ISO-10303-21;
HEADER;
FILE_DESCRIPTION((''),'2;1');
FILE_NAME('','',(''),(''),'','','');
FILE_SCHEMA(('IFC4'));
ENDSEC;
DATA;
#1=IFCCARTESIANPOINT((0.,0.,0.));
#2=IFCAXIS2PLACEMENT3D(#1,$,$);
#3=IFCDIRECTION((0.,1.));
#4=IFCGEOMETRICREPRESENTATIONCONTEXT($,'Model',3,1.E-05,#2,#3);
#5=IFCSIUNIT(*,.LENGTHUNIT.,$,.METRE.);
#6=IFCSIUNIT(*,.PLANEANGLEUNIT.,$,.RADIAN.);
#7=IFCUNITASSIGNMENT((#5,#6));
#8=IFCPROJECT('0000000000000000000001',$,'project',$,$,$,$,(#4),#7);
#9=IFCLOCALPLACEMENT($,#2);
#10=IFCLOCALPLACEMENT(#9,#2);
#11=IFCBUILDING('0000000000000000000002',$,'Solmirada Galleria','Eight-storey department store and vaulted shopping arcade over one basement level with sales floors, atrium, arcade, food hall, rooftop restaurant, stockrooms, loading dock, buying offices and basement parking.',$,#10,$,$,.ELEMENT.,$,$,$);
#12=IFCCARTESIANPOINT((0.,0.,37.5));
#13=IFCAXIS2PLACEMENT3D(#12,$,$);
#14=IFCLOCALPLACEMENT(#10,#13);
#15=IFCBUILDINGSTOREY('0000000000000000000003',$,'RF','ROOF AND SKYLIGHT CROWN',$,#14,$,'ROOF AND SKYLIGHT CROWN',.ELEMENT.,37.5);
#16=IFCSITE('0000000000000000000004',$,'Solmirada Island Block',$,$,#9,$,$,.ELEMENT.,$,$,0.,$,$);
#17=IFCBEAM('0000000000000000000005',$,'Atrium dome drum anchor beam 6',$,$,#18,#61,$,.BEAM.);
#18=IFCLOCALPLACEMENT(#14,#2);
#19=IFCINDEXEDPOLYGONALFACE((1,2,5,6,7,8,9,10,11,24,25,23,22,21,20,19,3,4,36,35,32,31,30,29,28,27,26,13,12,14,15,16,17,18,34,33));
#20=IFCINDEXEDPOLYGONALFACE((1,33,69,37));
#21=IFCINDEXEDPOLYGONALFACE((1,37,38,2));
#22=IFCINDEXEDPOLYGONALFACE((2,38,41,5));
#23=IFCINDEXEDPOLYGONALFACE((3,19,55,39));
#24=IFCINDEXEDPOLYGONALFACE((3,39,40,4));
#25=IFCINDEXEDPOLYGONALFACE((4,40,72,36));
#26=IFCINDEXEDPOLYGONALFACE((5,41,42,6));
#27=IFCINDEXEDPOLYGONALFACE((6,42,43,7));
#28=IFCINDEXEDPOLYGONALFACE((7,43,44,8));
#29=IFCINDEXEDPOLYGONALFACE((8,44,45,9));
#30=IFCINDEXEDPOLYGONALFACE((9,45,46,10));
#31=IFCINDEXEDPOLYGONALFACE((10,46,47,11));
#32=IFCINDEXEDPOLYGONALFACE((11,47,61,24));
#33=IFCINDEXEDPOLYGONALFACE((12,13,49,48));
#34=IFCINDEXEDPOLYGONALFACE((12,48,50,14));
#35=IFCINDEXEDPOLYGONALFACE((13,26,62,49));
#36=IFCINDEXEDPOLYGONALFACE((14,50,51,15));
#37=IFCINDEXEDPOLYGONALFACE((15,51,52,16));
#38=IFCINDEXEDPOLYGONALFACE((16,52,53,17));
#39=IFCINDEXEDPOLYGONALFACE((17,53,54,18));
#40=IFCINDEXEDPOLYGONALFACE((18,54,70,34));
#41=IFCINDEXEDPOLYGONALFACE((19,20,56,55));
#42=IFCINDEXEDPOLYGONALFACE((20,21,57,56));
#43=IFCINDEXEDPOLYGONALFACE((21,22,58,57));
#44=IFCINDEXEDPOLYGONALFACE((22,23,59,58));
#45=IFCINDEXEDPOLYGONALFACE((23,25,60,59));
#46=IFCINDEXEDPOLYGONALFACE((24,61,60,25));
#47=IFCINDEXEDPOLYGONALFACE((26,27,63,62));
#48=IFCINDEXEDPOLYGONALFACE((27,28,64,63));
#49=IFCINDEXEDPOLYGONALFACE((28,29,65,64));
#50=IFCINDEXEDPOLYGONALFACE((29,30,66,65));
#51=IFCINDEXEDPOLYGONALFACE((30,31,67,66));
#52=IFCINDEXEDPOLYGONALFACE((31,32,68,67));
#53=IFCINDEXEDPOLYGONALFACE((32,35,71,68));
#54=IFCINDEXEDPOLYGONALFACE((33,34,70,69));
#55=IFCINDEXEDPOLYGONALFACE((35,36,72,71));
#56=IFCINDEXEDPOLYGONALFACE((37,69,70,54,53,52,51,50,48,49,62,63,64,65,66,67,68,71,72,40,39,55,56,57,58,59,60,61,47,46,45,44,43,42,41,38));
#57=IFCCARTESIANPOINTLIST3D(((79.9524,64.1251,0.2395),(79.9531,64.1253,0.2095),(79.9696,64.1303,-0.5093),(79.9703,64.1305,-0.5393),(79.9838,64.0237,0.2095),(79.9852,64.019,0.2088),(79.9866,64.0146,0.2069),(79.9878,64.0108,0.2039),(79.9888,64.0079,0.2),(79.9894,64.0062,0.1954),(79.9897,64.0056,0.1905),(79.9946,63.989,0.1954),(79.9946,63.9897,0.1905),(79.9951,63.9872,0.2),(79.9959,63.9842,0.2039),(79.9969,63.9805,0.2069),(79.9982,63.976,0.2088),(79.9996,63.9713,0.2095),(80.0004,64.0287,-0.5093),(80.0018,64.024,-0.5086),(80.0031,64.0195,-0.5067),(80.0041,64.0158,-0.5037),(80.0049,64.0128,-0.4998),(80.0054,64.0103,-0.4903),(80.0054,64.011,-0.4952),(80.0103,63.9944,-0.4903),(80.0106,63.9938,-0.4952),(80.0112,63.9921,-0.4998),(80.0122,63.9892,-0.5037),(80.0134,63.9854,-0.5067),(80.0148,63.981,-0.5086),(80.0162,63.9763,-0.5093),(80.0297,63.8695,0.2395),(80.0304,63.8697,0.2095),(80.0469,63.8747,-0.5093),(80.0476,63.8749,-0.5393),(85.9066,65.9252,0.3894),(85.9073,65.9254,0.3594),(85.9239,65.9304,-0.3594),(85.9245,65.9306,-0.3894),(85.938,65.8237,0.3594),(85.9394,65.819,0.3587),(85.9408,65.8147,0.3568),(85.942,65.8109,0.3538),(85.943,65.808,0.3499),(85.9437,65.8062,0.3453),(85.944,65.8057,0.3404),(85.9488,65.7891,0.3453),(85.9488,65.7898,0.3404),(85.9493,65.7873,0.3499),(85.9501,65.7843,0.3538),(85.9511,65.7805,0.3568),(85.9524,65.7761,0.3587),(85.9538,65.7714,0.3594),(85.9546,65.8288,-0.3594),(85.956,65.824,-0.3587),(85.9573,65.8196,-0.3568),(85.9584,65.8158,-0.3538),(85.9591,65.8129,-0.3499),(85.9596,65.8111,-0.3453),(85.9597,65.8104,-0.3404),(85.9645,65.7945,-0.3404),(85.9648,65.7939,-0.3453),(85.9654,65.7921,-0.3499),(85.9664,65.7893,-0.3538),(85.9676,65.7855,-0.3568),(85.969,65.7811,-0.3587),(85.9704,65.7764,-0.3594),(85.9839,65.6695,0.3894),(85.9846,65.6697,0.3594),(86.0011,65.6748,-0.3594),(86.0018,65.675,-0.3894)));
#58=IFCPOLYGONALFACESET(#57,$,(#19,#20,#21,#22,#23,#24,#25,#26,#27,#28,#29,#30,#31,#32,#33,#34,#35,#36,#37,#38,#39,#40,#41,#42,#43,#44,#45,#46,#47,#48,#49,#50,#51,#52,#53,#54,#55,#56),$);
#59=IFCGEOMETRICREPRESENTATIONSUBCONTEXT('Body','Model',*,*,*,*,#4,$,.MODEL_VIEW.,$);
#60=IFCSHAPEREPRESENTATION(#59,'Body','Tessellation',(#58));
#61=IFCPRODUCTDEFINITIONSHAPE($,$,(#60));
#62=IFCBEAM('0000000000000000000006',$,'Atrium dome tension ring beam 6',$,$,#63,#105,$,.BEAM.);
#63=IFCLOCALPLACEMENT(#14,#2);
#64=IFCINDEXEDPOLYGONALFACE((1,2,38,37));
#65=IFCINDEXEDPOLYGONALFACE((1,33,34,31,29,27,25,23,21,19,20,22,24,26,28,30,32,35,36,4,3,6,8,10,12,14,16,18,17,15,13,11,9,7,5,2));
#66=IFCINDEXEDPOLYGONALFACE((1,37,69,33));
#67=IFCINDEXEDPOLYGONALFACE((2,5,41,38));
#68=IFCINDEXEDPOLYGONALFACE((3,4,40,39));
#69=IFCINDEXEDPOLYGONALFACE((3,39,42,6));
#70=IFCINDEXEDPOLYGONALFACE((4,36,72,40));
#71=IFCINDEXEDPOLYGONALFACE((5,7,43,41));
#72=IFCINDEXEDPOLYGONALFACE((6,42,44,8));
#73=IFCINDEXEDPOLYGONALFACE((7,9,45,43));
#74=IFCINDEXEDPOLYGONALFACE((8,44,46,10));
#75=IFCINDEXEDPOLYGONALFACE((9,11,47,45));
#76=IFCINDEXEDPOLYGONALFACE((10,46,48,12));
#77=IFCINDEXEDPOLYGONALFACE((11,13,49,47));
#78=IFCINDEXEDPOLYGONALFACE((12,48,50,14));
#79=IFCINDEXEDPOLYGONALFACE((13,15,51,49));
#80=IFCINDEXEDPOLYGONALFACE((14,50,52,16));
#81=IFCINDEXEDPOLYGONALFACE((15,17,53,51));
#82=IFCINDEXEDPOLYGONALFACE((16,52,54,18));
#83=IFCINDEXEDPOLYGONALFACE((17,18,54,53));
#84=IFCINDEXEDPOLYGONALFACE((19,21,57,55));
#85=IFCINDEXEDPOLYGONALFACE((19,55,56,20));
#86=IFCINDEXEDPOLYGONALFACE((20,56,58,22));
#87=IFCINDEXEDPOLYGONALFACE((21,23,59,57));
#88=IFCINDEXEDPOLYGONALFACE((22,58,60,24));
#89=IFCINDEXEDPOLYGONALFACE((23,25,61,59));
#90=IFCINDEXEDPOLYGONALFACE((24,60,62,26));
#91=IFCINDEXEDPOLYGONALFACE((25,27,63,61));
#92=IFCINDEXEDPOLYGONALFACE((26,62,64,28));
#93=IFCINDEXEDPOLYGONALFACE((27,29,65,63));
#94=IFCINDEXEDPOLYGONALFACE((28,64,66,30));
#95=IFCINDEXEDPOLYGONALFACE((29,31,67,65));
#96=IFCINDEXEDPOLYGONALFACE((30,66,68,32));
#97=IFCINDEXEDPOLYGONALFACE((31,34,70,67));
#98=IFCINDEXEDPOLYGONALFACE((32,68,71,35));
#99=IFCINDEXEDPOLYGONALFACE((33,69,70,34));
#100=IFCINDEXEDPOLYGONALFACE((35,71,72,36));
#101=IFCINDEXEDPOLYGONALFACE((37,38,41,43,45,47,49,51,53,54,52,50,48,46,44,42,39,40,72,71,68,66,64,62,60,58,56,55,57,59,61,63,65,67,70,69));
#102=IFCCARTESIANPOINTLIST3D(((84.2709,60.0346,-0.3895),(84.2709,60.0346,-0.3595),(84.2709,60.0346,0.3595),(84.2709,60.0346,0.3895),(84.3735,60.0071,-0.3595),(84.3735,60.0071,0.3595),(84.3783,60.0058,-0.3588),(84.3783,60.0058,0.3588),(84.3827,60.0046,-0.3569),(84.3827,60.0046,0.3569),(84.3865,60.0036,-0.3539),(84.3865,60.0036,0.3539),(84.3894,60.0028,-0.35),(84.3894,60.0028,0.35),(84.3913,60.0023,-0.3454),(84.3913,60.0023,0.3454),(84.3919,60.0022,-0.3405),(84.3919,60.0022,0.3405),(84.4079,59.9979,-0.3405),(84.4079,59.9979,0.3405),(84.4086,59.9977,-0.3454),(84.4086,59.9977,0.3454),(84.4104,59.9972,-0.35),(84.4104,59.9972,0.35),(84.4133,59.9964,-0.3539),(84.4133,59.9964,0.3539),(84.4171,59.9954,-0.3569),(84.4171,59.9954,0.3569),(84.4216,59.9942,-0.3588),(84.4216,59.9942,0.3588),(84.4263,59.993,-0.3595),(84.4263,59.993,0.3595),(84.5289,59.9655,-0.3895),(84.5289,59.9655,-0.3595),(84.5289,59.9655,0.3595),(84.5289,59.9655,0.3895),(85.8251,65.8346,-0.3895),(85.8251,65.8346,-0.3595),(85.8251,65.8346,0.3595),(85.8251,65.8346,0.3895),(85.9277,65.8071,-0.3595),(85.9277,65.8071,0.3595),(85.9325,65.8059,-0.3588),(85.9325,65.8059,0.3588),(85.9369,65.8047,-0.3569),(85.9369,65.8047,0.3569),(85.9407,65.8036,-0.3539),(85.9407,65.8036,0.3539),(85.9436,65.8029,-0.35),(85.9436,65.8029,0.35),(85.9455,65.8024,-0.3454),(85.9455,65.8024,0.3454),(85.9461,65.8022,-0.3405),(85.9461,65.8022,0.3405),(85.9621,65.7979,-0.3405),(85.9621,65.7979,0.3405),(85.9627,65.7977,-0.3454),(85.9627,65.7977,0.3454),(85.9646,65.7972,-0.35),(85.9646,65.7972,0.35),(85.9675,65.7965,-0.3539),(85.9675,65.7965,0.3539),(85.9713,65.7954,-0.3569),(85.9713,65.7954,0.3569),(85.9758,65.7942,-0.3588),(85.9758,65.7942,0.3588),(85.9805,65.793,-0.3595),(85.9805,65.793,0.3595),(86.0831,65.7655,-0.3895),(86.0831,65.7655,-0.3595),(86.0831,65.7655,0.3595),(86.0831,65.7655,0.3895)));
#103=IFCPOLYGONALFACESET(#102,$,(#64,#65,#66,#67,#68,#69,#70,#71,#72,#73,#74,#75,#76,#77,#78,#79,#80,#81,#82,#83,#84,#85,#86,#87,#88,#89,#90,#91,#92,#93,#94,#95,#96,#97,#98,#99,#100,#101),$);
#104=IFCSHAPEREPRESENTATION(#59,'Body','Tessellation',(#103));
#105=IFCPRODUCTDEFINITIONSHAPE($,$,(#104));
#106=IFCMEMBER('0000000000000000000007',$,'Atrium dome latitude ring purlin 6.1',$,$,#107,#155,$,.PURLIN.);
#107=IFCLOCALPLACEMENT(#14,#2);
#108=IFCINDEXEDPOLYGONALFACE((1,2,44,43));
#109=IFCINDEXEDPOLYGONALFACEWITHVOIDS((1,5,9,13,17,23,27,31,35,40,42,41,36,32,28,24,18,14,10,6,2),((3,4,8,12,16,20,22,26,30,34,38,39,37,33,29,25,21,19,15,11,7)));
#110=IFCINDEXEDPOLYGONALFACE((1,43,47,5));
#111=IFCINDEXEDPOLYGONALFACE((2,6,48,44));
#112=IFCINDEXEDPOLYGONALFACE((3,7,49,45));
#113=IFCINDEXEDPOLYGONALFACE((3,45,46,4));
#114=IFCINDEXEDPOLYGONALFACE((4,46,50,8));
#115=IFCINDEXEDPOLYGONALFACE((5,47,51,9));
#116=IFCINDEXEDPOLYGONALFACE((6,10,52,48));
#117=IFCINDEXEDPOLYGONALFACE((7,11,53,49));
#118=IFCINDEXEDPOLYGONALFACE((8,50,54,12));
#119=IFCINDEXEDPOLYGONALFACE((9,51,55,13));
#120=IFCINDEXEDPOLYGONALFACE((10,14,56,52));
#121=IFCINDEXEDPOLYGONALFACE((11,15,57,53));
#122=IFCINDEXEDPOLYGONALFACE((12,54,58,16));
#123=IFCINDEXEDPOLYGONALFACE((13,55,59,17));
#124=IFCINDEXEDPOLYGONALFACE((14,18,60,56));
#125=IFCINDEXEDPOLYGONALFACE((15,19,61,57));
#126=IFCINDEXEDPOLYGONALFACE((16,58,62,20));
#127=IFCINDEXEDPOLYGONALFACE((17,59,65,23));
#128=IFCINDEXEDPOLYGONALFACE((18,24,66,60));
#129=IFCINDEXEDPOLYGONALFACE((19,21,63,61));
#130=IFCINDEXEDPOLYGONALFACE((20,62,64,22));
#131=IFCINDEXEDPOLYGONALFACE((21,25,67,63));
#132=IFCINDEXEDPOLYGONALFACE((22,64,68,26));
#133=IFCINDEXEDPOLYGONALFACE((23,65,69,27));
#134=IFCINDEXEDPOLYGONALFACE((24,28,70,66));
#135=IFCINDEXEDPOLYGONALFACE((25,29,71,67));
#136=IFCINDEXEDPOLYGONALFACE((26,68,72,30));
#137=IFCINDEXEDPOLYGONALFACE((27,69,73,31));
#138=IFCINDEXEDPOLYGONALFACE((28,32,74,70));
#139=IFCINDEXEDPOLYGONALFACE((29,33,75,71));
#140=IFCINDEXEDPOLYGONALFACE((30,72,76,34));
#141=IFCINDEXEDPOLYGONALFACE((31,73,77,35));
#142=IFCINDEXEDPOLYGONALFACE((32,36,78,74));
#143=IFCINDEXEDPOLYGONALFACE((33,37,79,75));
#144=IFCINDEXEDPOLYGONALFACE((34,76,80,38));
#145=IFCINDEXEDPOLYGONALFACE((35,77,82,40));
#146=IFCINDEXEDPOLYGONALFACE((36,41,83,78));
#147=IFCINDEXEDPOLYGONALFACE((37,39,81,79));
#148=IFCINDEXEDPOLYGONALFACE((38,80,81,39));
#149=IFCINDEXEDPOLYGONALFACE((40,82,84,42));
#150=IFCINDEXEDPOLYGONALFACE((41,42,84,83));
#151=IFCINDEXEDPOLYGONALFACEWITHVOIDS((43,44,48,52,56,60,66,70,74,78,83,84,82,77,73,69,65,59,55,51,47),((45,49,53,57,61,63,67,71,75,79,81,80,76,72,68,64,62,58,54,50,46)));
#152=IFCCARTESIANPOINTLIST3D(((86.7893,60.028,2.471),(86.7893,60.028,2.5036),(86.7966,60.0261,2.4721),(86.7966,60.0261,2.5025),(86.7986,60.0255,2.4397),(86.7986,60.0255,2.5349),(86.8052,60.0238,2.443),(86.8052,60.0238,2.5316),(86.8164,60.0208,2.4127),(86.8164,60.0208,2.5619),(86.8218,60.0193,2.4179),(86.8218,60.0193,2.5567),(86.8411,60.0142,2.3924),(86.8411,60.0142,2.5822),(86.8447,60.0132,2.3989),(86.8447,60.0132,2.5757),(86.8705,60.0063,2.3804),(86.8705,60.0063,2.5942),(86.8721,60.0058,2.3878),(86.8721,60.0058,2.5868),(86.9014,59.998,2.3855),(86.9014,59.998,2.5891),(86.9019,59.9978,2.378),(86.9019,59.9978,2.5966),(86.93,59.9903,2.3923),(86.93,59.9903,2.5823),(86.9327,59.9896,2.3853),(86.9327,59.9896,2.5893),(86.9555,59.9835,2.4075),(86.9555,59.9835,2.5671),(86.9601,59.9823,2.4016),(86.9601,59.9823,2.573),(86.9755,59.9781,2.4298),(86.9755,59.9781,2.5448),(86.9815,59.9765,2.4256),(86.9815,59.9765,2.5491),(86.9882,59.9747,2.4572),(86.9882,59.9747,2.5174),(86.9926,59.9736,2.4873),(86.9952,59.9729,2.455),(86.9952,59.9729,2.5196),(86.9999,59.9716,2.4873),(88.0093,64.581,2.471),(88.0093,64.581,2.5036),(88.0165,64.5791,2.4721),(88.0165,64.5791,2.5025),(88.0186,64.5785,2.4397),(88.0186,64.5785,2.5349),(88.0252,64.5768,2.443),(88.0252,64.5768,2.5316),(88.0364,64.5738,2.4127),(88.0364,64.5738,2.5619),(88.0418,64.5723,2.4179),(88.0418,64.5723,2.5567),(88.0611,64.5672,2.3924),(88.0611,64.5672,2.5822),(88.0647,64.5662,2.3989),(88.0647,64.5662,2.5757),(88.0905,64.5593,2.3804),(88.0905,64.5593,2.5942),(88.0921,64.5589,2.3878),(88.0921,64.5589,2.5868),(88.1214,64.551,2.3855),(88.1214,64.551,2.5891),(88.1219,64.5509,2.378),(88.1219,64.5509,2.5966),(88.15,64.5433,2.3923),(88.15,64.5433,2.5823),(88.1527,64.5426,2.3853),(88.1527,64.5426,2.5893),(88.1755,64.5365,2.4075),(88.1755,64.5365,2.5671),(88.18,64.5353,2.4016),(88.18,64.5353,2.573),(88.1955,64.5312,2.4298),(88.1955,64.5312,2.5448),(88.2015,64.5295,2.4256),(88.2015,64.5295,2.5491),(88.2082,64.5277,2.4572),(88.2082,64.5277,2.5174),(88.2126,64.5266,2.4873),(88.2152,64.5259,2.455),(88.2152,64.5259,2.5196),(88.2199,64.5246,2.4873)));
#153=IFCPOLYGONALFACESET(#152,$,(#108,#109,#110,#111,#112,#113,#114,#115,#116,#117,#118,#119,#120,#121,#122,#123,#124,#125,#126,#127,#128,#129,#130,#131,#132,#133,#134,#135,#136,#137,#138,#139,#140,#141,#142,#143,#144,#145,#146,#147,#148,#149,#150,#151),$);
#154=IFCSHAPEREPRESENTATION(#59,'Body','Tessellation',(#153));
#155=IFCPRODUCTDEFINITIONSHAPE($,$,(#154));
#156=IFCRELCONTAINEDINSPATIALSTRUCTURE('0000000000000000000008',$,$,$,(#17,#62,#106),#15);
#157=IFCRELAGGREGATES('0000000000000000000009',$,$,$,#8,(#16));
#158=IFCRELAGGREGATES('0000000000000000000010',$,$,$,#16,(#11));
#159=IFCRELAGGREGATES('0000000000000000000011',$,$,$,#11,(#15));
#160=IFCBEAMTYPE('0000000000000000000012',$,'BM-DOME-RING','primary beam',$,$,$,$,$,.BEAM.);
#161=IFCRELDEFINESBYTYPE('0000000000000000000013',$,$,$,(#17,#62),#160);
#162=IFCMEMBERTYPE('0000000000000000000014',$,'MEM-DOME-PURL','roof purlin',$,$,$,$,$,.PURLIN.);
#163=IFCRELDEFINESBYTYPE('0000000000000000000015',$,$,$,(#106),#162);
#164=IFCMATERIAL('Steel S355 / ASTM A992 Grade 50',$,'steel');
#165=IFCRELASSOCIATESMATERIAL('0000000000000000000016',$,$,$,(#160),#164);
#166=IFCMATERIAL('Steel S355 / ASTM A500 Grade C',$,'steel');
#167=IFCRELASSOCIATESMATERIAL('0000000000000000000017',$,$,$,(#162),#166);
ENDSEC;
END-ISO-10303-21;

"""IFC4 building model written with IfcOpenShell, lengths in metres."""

from ifc_helpers import new_model, si_unit, direction, frame, origin, origin_2d, place, context, subcontext, project, spatial, hollow_circle, i_section, extrude, material, material_profile, profile_set, type_object, element, save


model = new_model("IFC4")

# Units and contexts
model_context = context("Model", 3, precision=1e-05, world=origin(), true_north=direction((0.0, 1.0)))
body_context = subcontext(model_context, "Body", "Model", "MODEL_VIEW")
ifc_project = project(units=[si_unit("LENGTHUNIT", "METRE"), si_unit("PLANEANGLEUNIT", "RADIAN")], contexts=[model_context])

# Site, building, storey
site_placement = place(None, origin())
site = spatial("IfcSite", under=ifc_project, at=site_placement, Name="Solmirada Island Block", CompositionType="ELEMENT", RefElevation=0.0)
building_placement = place(site_placement, origin())
building = spatial("IfcBuilding", under=site, at=building_placement, Name="Solmirada Galleria", Description="Eight-storey department store and vaulted shopping arcade over one basement level with sales floors, atrium, arcade, food hall, rooftop restaurant, stockrooms, loading dock, buying offices and basement parking.", CompositionType="ELEMENT")
storey_placement = place(building_placement, frame((0.0, 0.0, 37.5)))
storey = spatial("IfcBuildingStorey", under=building, at=storey_placement, Name="RF", Description="ROOF AND SKYLIGHT CROWN", LongName="ROOF AND SKYLIGHT CROWN", CompositionType="ELEMENT", Elevation=37.5)

# Beams
ifc_material_1 = material(Name="Steel S355 / ASTM A992 Grade 50", Category="steel")
ifc_material_profile_1 = material_profile(ifc_material_1, i_section(OverallWidth=0.2671, OverallDepth=0.7791, WebThickness=0.0166, FlangeThickness=0.03, FilletRadius=0.019, at=origin_2d()), Name="W30X148")
ifc_profile_set_1 = profile_set([ifc_material_profile_1], Name="Steel S355 / ASTM A992 Grade 50")
beam_type = type_object("IfcBeamType", Name="BM-DOME-RING", Description="primary beam", PredefinedType="BEAM", material=ifc_profile_set_1)
beam_1_placement = place(storey_placement, frame((80.0, 64.0, -0.1499), z_axis=(0.956935, 0.289301, 0.024092), x_axis=(-0.289385, 0.957213, 0.0)))
element("IfcBeam", 1, at=beam_1_placement, inside=storey, type_object=beam_type, Name="Atrium dome drum anchor beam 6", PredefinedType="BEAM", context=body_context, shape_type="SweptSolid", body=[
    extrude(i_section(OverallWidth=0.2671, OverallDepth=0.7791, WebThickness=0.0166, FlangeThickness=0.03, FilletRadius=0.019, at=origin_2d()), origin(), (0.0, 0.0, 1.0), 6.2222),
])
beam_2_placement = place(storey_placement, frame((85.9541, 65.8, 0.0), z_axis=(-0.258832, -0.965922, 0.0), x_axis=(0.965922, -0.258832, 0.0)))
element("IfcBeam", 2, at=beam_2_placement, inside=storey, type_object=beam_type, Name="Atrium dome tension ring beam 6", PredefinedType="BEAM", context=body_context, shape_type="SweptSolid", body=[
    extrude(i_section(OverallWidth=0.2671, OverallDepth=0.7791, WebThickness=0.0166, FlangeThickness=0.03, FilletRadius=0.019, at=origin_2d()), origin(), (0.0, 0.0, 1.0), 6.0046),
])

# Member
ifc_material_2 = material(Name="Steel S355 / ASTM A500 Grade C", Category="steel")
ifc_material_profile_2 = material_profile(ifc_material_2, hollow_circle(Radius=0.1096, WallThickness=0.0076, at=origin_2d()), Name="HSS8.625X0.322")
ifc_profile_set_2 = profile_set([ifc_material_profile_2], Name="Steel S355 / ASTM A500 Grade C")
member_type_1 = type_object("IfcMemberType", Name="MEM-DOME-PURL", Description="roof purlin", PredefinedType="PURLIN", material=ifc_profile_set_2)
for number, where, z_axis, x_axis, name in (
    (3, (88.114, 64.553, 2.4873), (-0.25882, -0.965926, 0.0), (0.965926, -0.25882, 0.0), "Atrium dome latitude ring purlin 6.1"),
):
    element("IfcMember", number, at=place(storey_placement, frame(where, z_axis=z_axis, x_axis=x_axis)), inside=storey, type_object=member_type_1, Name=name, PredefinedType="PURLIN", context=body_context, shape_type="SweptSolid", body=[
        extrude(hollow_circle(Radius=0.1096, WallThickness=0.0076, at=origin_2d()), origin(), (0.0, 0.0, 1.0), 4.7136),
    ])

save(model, "model.ifc")
